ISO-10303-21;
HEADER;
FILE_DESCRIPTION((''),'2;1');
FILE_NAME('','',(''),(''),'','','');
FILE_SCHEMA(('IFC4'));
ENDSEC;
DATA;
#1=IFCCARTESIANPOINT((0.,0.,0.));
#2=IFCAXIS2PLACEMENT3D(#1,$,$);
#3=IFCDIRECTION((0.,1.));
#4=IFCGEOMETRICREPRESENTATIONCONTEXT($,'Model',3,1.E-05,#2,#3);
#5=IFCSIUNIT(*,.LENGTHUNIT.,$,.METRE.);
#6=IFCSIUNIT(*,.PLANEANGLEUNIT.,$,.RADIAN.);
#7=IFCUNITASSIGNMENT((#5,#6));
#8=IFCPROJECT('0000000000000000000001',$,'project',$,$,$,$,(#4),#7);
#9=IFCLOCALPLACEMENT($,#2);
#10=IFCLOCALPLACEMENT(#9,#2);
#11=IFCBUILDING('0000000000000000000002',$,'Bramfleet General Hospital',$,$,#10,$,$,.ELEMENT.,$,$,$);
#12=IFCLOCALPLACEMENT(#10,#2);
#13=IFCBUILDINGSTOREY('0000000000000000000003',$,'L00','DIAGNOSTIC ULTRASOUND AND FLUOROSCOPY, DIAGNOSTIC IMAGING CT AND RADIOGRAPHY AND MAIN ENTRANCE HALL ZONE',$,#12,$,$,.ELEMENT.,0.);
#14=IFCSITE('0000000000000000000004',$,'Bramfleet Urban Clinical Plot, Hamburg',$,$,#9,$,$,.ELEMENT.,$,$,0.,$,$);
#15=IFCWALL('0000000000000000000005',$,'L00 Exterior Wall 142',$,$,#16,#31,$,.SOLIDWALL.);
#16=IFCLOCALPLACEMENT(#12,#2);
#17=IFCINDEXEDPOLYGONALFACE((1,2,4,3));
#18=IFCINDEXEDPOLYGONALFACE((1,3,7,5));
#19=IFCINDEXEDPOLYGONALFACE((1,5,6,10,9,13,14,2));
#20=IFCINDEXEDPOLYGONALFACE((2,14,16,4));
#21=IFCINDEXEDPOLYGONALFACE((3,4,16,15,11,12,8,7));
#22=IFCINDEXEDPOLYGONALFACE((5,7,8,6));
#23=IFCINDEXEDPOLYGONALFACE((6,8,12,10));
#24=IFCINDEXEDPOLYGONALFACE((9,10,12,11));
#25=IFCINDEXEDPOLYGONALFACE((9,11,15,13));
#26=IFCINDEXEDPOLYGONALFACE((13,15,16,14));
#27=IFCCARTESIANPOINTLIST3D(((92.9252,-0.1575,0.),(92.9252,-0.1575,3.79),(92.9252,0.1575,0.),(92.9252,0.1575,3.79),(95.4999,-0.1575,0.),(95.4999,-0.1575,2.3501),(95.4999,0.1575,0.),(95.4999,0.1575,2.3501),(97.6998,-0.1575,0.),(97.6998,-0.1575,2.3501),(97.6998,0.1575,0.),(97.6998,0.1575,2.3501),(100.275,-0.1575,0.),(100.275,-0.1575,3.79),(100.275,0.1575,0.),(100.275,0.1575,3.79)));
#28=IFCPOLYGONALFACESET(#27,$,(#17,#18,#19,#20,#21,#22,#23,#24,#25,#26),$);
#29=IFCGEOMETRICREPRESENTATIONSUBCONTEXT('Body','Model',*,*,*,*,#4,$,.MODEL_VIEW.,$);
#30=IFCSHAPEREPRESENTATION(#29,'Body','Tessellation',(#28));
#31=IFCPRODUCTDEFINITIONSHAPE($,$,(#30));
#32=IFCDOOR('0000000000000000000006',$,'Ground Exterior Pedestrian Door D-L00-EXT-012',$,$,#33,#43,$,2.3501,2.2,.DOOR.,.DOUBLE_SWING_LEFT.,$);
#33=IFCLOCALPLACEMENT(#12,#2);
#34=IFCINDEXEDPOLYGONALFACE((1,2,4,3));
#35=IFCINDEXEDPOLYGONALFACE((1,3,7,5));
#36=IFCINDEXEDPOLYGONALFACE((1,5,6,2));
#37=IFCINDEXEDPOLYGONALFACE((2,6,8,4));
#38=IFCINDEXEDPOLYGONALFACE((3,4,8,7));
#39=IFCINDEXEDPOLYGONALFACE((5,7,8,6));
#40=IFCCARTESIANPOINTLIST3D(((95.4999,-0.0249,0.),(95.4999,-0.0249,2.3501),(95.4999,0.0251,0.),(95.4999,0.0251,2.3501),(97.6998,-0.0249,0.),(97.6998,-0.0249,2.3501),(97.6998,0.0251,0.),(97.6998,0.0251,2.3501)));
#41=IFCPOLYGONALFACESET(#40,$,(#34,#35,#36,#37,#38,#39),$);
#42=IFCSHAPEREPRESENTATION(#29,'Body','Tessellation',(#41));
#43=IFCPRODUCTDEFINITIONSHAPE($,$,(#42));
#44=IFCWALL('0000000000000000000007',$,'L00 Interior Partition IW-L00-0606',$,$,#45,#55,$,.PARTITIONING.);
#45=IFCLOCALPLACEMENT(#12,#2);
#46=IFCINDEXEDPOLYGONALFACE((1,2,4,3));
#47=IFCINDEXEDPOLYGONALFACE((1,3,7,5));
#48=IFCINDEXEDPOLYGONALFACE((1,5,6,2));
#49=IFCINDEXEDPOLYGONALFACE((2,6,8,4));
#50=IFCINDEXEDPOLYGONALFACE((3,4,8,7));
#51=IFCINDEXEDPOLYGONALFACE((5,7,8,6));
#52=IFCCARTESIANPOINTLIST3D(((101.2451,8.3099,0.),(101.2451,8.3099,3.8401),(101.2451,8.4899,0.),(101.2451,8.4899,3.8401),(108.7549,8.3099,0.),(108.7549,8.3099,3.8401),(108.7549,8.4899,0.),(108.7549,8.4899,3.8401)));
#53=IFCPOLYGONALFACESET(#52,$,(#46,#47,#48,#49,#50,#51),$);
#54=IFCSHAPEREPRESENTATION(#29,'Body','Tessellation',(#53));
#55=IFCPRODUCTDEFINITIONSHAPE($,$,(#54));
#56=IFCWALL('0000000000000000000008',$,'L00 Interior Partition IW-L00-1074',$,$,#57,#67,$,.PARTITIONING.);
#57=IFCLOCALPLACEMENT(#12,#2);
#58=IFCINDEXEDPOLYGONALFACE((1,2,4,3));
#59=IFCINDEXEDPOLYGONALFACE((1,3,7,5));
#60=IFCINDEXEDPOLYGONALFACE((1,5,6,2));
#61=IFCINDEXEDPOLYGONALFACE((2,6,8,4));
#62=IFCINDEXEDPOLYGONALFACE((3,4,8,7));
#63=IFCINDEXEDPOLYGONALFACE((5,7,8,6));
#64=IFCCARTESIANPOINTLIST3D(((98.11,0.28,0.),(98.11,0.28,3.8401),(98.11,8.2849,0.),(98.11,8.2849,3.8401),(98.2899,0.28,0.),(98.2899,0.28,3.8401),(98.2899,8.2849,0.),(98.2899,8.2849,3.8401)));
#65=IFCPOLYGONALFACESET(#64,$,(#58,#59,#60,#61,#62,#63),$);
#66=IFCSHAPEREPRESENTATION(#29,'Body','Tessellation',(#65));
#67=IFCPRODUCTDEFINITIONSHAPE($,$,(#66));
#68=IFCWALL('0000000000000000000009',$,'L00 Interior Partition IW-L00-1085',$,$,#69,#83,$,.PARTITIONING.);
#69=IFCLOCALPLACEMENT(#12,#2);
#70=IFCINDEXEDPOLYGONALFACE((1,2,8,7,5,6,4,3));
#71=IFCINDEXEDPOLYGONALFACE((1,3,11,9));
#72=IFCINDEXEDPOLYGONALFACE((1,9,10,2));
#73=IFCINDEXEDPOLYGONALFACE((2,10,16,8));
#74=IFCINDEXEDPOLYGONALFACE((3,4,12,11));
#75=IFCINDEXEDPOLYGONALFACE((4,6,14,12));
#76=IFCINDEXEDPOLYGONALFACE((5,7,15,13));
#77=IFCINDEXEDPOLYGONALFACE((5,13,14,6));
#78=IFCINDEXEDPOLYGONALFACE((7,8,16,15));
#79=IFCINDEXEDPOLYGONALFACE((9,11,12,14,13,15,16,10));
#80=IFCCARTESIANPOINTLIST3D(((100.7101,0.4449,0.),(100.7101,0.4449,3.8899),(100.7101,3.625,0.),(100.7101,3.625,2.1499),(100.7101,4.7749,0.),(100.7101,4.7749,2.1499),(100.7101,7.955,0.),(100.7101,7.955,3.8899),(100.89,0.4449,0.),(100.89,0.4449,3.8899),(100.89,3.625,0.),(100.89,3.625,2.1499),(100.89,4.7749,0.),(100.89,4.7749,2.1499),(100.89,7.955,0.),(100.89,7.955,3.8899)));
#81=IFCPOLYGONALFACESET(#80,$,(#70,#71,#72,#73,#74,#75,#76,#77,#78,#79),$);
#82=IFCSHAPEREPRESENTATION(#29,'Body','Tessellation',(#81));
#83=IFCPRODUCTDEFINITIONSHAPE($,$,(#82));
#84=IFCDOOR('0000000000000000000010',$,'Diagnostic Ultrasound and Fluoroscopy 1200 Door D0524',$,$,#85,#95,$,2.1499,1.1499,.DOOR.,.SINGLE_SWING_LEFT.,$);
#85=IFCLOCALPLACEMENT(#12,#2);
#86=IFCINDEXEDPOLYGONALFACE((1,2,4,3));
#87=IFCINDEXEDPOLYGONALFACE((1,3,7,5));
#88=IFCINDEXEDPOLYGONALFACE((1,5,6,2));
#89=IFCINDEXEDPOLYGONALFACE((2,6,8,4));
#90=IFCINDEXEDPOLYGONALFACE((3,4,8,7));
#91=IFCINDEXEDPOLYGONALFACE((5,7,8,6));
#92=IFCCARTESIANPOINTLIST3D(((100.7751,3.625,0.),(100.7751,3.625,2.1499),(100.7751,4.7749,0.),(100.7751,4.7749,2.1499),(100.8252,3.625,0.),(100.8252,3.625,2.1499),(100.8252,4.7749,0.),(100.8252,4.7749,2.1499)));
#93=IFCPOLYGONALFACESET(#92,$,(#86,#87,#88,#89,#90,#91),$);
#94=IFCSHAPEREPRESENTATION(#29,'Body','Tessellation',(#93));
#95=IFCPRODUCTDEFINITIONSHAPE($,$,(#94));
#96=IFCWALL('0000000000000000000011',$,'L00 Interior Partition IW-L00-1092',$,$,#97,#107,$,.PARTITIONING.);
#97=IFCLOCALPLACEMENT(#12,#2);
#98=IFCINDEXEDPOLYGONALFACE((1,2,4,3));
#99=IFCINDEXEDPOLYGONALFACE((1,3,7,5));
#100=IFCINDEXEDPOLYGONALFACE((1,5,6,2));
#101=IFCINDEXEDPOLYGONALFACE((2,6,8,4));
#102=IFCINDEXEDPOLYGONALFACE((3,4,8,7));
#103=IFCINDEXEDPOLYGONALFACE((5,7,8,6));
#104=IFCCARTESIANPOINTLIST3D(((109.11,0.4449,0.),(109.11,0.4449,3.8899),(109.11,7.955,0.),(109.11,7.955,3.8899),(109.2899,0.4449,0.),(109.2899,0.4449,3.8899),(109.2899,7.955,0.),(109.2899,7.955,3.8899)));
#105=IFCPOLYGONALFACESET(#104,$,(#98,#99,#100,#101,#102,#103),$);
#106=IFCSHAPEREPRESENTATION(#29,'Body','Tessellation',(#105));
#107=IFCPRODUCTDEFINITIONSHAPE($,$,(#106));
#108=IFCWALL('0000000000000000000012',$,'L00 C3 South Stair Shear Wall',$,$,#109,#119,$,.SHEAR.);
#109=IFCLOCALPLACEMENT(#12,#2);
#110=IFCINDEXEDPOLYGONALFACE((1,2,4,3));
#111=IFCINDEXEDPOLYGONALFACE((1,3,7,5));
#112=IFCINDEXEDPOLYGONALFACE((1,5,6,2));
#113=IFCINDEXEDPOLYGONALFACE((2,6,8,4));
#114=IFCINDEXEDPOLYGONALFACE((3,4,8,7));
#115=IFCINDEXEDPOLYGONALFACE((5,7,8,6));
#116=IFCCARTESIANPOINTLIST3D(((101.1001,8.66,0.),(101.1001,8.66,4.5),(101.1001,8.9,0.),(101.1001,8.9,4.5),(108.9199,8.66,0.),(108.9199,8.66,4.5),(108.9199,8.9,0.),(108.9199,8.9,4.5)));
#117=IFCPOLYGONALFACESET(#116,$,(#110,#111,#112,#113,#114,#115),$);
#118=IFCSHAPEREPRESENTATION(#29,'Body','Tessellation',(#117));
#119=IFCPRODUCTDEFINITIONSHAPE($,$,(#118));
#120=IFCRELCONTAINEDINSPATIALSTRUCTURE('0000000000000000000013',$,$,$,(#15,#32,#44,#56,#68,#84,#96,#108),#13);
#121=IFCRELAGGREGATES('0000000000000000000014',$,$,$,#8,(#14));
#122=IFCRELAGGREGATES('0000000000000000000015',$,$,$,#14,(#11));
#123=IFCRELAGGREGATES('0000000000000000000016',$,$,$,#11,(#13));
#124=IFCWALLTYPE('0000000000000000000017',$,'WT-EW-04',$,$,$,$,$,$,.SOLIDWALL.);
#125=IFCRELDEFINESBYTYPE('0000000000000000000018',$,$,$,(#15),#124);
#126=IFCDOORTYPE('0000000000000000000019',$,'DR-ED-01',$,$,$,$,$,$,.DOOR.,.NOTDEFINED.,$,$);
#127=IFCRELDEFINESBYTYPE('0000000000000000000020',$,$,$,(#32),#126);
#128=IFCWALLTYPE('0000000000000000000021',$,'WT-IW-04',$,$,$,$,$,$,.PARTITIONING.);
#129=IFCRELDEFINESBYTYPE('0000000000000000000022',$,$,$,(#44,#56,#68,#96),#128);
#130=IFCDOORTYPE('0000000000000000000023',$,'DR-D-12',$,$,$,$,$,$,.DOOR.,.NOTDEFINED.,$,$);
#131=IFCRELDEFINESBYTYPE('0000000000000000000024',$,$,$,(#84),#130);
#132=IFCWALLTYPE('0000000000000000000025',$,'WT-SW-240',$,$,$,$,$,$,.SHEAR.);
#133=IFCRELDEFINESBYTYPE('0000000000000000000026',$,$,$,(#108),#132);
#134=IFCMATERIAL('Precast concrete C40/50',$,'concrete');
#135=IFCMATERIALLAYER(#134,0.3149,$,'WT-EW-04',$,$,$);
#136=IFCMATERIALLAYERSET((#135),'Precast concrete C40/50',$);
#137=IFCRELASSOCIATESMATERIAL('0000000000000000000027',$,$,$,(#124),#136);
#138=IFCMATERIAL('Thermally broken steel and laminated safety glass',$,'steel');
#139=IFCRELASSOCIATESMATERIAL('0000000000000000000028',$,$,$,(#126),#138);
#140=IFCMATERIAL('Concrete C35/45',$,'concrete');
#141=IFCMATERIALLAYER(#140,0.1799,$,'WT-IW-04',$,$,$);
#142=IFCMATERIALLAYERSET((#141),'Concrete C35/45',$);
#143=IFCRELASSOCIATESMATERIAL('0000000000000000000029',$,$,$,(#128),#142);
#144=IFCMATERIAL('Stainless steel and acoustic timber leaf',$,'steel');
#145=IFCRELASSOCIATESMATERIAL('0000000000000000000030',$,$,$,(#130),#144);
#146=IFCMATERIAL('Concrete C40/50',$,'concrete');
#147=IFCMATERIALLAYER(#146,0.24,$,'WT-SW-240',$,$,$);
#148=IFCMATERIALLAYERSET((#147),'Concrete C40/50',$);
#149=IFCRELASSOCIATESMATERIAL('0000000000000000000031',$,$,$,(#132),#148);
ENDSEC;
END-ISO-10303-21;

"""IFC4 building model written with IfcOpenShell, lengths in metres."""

from ifc_helpers import new_model, si_unit, direction, frame, frame_2d, origin, place, context, subcontext, project, spatial, rectangle, extrude, material, layer, layer_set, type_object, element, fill, save


model = new_model("IFC4")

# Units and contexts
model_context = context("Model", 3, precision=1e-05, world=origin(), true_north=direction((0.0, 1.0)))
body_context = subcontext(model_context, "Body", "Model", "MODEL_VIEW")
ifc_project = project(units=[si_unit("LENGTHUNIT", "METRE"), si_unit("PLANEANGLEUNIT", "RADIAN")], contexts=[model_context])

# Site, building, storey
site_placement = place(None, origin())
site = spatial("IfcSite", under=ifc_project, at=site_placement, Name="Bramfleet Urban Clinical Plot, Hamburg", CompositionType="ELEMENT", RefElevation=0.0)
building_placement = place(site_placement, origin())
building = spatial("IfcBuilding", under=site, at=building_placement, Name="Bramfleet General Hospital", CompositionType="ELEMENT")
storey_placement = place(building_placement, origin())
storey = spatial("IfcBuildingStorey", under=building, at=storey_placement, Name="L00", Description="DIAGNOSTIC ULTRASOUND AND FLUOROSCOPY, DIAGNOSTIC IMAGING CT AND RADIOGRAPHY AND MAIN ENTRANCE HALL ZONE", CompositionType="ELEMENT", Elevation=0.0)

# Shared definitions
ifc_material_1 = material(Name="Concrete C40/50", Category="concrete")

# Shared definitions
ifc_material_2 = material(Name="Concrete C35/45", Category="concrete")

# Shared definitions
ifc_material_3 = material(Name="Precast concrete C40/50", Category="concrete")

# Wall, opening, door
ifc_layer_1 = layer(ifc_material_3, 0.3149, Name="WT-EW-04")
ifc_layer_set_1 = layer_set([ifc_layer_1], Name="Precast concrete C40/50")
wall_type_1 = type_object("IfcWallType", Name="WT-EW-04", PredefinedType="SOLIDWALL", material=ifc_layer_set_1)
wall_1_placement = place(storey_placement, frame((100.2749, 0.0, 0.0), z_axis=(0.0, 0.0, 1.0), x_axis=(-1.0, 0.0, 0.0)))
wall_1 = element("IfcWall", 1, at=wall_1_placement, inside=storey, type_object=wall_type_1, Name="L00 Exterior Wall 142", PredefinedType="SOLIDWALL", context=body_context, shape_type="SweptSolid", body=[
    extrude(rectangle(XDim=7.3499, YDim=0.3149, at=frame_2d((3.6748, 0.0))), origin(), (0.0, 0.0, 1.0), 3.79),
])
opening_1_placement = place(wall_1_placement, frame((2.575, 0.0, 0.0)))
opening_1 = element("IfcOpeningElement", 2, at=opening_1_placement, cuts=wall_1, PredefinedType="OPENING", context=body_context, shape_type="SweptSolid", body=[
    extrude(rectangle(XDim=2.2, YDim=2.3501, at=frame_2d((1.1001, 1.175))), frame((0.0, 0.1675, 0.0), z_axis=(0.0, -1.0, 0.0), x_axis=(1.0, 0.0, 0.0)), (0.0, 0.0, 1.0), 0.335),
])
ifc_material_4 = material(Name="Thermally broken steel and laminated safety glass", Category="steel")
door_type_1 = type_object("IfcDoorType", Name="DR-ED-01", OperationType="NOTDEFINED", PredefinedType="DOOR", material=ifc_material_4)
door_1_placement = place(opening_1_placement, origin())
door_1 = element("IfcDoor", 3, at=door_1_placement, inside=storey, type_object=door_type_1, Name="Ground Exterior Pedestrian Door D-L00-EXT-012", OperationType="DOUBLE_SWING_LEFT", OverallHeight=2.3501, OverallWidth=2.2, PredefinedType="DOOR", context=body_context, shape_type="SweptSolid", body=[
    extrude(rectangle(XDim=2.2, YDim=2.3501, at=frame_2d((1.1001, 1.175))), frame((0.0, 0.0249, 0.0), z_axis=(0.0, -1.0, 0.0), x_axis=(1.0, 0.0, 0.0)), (0.0, 0.0, 1.0), 0.05),
])
fill(opening_1, door_1)

# Walls
ifc_layer_2 = layer(ifc_material_2, 0.1799, Name="WT-IW-04")
ifc_layer_set_2 = layer_set([ifc_layer_2], Name="Concrete C35/45")
wall_type_2 = type_object("IfcWallType", Name="WT-IW-04", PredefinedType="PARTITIONING", material=ifc_layer_set_2)
wall_2_placement = place(storey_placement, frame((101.2451, 8.3999, 0.0), z_axis=(0.0, 0.0, 1.0), x_axis=(1.0, 0.0, 0.0)))
element("IfcWall", 4, at=wall_2_placement, inside=storey, type_object=wall_type_2, Name="L00 Interior Partition IW-L00-0606", PredefinedType="PARTITIONING", context=body_context, shape_type="SweptSolid", body=[
    extrude(rectangle(XDim=7.5098, YDim=0.1799, at=frame_2d((3.7549, 0.0))), origin(), (0.0, 0.0, 1.0), 3.8401),
])
wall_3_placement = place(storey_placement, frame((98.2, 0.28, 0.0), z_axis=(0.0, 0.0, 1.0), x_axis=(0.0, 1.0, 0.0)))
element("IfcWall", 5, at=wall_3_placement, inside=storey, type_object=wall_type_2, Name="L00 Interior Partition IW-L00-1074", PredefinedType="PARTITIONING", context=body_context, shape_type="SweptSolid", body=[
    extrude(rectangle(XDim=8.0049, YDim=0.1799, at=frame_2d((4.0024, 0.0))), origin(), (0.0, 0.0, 1.0), 3.8401),
])

# Wall, opening, door
wall_4_placement = place(storey_placement, frame((100.8, 0.4451, 0.0), z_axis=(0.0, 0.0, 1.0), x_axis=(0.0, 1.0, 0.0)))
wall_4 = element("IfcWall", 6, at=wall_4_placement, inside=storey, type_object=wall_type_2, Name="L00 Interior Partition IW-L00-1085", PredefinedType="PARTITIONING", context=body_context, shape_type="SweptSolid", body=[
    extrude(rectangle(XDim=7.51, YDim=0.1799, at=frame_2d((3.7549, 0.0))), origin(), (0.0, 0.0, 1.0), 3.8899),
])
opening_2_placement = place(wall_4_placement, frame((3.1799, 0.0, 0.0)))
opening_2 = element("IfcOpeningElement", 7, at=opening_2_placement, cuts=wall_4, PredefinedType="OPENING", context=body_context, shape_type="SweptSolid", body=[
    extrude(rectangle(XDim=1.1499, YDim=2.1499, at=frame_2d((0.575, 1.075))), frame((0.0, 0.0999, 0.0), z_axis=(0.0, -1.0, 0.0), x_axis=(1.0, 0.0, 0.0)), (0.0, 0.0, 1.0), 0.2),
])
ifc_material_5 = material(Name="Stainless steel and acoustic timber leaf", Category="steel")
door_type_2 = type_object("IfcDoorType", Name="DR-D-12", OperationType="NOTDEFINED", PredefinedType="DOOR", material=ifc_material_5)
door_2_placement = place(opening_2_placement, origin())
door_2 = element("IfcDoor", 8, at=door_2_placement, inside=storey, type_object=door_type_2, Name="Diagnostic Ultrasound and Fluoroscopy 1200 Door D0524", OperationType="SINGLE_SWING_LEFT", OverallHeight=2.1499, OverallWidth=1.1499, PredefinedType="DOOR", context=body_context, shape_type="SweptSolid", body=[
    extrude(rectangle(XDim=1.1499, YDim=2.1499, at=frame_2d((0.575, 1.075))), frame((0.0, 0.0249, 0.0), z_axis=(0.0, -1.0, 0.0), x_axis=(1.0, 0.0, 0.0)), (0.0, 0.0, 1.0), 0.05),
])
fill(opening_2, door_2)

# Walls
wall_5_placement = place(storey_placement, frame((109.2, 0.4451, 0.0), z_axis=(0.0, 0.0, 1.0), x_axis=(0.0, 1.0, 0.0)))
element("IfcWall", 9, at=wall_5_placement, inside=storey, type_object=wall_type_2, Name="L00 Interior Partition IW-L00-1092", PredefinedType="PARTITIONING", context=body_context, shape_type="SweptSolid", body=[
    extrude(rectangle(XDim=7.51, YDim=0.1799, at=frame_2d((3.7549, 0.0))), origin(), (0.0, 0.0, 1.0), 3.8899),
])
ifc_layer_3 = layer(ifc_material_1, 0.24, Name="WT-SW-240")
ifc_layer_set_3 = layer_set([ifc_layer_3], Name="Concrete C40/50")
wall_type_3 = type_object("IfcWallType", Name="WT-SW-240", PredefinedType="SHEAR", material=ifc_layer_set_3)
wall_6_placement = place(storey_placement, frame((101.1001, 8.78, 0.0), z_axis=(0.0, 0.0, 1.0), x_axis=(1.0, 0.0, 0.0)))
element("IfcWall", 10, at=wall_6_placement, inside=storey, type_object=wall_type_3, Name="L00 C3 South Stair Shear Wall", PredefinedType="SHEAR", context=body_context, shape_type="SweptSolid", body=[
    extrude(rectangle(XDim=7.8198, YDim=0.24, at=frame_2d((3.9099, 0.0))), origin(), (0.0, 0.0, 1.0), 4.5),
])

save(model, "model.ifc")
